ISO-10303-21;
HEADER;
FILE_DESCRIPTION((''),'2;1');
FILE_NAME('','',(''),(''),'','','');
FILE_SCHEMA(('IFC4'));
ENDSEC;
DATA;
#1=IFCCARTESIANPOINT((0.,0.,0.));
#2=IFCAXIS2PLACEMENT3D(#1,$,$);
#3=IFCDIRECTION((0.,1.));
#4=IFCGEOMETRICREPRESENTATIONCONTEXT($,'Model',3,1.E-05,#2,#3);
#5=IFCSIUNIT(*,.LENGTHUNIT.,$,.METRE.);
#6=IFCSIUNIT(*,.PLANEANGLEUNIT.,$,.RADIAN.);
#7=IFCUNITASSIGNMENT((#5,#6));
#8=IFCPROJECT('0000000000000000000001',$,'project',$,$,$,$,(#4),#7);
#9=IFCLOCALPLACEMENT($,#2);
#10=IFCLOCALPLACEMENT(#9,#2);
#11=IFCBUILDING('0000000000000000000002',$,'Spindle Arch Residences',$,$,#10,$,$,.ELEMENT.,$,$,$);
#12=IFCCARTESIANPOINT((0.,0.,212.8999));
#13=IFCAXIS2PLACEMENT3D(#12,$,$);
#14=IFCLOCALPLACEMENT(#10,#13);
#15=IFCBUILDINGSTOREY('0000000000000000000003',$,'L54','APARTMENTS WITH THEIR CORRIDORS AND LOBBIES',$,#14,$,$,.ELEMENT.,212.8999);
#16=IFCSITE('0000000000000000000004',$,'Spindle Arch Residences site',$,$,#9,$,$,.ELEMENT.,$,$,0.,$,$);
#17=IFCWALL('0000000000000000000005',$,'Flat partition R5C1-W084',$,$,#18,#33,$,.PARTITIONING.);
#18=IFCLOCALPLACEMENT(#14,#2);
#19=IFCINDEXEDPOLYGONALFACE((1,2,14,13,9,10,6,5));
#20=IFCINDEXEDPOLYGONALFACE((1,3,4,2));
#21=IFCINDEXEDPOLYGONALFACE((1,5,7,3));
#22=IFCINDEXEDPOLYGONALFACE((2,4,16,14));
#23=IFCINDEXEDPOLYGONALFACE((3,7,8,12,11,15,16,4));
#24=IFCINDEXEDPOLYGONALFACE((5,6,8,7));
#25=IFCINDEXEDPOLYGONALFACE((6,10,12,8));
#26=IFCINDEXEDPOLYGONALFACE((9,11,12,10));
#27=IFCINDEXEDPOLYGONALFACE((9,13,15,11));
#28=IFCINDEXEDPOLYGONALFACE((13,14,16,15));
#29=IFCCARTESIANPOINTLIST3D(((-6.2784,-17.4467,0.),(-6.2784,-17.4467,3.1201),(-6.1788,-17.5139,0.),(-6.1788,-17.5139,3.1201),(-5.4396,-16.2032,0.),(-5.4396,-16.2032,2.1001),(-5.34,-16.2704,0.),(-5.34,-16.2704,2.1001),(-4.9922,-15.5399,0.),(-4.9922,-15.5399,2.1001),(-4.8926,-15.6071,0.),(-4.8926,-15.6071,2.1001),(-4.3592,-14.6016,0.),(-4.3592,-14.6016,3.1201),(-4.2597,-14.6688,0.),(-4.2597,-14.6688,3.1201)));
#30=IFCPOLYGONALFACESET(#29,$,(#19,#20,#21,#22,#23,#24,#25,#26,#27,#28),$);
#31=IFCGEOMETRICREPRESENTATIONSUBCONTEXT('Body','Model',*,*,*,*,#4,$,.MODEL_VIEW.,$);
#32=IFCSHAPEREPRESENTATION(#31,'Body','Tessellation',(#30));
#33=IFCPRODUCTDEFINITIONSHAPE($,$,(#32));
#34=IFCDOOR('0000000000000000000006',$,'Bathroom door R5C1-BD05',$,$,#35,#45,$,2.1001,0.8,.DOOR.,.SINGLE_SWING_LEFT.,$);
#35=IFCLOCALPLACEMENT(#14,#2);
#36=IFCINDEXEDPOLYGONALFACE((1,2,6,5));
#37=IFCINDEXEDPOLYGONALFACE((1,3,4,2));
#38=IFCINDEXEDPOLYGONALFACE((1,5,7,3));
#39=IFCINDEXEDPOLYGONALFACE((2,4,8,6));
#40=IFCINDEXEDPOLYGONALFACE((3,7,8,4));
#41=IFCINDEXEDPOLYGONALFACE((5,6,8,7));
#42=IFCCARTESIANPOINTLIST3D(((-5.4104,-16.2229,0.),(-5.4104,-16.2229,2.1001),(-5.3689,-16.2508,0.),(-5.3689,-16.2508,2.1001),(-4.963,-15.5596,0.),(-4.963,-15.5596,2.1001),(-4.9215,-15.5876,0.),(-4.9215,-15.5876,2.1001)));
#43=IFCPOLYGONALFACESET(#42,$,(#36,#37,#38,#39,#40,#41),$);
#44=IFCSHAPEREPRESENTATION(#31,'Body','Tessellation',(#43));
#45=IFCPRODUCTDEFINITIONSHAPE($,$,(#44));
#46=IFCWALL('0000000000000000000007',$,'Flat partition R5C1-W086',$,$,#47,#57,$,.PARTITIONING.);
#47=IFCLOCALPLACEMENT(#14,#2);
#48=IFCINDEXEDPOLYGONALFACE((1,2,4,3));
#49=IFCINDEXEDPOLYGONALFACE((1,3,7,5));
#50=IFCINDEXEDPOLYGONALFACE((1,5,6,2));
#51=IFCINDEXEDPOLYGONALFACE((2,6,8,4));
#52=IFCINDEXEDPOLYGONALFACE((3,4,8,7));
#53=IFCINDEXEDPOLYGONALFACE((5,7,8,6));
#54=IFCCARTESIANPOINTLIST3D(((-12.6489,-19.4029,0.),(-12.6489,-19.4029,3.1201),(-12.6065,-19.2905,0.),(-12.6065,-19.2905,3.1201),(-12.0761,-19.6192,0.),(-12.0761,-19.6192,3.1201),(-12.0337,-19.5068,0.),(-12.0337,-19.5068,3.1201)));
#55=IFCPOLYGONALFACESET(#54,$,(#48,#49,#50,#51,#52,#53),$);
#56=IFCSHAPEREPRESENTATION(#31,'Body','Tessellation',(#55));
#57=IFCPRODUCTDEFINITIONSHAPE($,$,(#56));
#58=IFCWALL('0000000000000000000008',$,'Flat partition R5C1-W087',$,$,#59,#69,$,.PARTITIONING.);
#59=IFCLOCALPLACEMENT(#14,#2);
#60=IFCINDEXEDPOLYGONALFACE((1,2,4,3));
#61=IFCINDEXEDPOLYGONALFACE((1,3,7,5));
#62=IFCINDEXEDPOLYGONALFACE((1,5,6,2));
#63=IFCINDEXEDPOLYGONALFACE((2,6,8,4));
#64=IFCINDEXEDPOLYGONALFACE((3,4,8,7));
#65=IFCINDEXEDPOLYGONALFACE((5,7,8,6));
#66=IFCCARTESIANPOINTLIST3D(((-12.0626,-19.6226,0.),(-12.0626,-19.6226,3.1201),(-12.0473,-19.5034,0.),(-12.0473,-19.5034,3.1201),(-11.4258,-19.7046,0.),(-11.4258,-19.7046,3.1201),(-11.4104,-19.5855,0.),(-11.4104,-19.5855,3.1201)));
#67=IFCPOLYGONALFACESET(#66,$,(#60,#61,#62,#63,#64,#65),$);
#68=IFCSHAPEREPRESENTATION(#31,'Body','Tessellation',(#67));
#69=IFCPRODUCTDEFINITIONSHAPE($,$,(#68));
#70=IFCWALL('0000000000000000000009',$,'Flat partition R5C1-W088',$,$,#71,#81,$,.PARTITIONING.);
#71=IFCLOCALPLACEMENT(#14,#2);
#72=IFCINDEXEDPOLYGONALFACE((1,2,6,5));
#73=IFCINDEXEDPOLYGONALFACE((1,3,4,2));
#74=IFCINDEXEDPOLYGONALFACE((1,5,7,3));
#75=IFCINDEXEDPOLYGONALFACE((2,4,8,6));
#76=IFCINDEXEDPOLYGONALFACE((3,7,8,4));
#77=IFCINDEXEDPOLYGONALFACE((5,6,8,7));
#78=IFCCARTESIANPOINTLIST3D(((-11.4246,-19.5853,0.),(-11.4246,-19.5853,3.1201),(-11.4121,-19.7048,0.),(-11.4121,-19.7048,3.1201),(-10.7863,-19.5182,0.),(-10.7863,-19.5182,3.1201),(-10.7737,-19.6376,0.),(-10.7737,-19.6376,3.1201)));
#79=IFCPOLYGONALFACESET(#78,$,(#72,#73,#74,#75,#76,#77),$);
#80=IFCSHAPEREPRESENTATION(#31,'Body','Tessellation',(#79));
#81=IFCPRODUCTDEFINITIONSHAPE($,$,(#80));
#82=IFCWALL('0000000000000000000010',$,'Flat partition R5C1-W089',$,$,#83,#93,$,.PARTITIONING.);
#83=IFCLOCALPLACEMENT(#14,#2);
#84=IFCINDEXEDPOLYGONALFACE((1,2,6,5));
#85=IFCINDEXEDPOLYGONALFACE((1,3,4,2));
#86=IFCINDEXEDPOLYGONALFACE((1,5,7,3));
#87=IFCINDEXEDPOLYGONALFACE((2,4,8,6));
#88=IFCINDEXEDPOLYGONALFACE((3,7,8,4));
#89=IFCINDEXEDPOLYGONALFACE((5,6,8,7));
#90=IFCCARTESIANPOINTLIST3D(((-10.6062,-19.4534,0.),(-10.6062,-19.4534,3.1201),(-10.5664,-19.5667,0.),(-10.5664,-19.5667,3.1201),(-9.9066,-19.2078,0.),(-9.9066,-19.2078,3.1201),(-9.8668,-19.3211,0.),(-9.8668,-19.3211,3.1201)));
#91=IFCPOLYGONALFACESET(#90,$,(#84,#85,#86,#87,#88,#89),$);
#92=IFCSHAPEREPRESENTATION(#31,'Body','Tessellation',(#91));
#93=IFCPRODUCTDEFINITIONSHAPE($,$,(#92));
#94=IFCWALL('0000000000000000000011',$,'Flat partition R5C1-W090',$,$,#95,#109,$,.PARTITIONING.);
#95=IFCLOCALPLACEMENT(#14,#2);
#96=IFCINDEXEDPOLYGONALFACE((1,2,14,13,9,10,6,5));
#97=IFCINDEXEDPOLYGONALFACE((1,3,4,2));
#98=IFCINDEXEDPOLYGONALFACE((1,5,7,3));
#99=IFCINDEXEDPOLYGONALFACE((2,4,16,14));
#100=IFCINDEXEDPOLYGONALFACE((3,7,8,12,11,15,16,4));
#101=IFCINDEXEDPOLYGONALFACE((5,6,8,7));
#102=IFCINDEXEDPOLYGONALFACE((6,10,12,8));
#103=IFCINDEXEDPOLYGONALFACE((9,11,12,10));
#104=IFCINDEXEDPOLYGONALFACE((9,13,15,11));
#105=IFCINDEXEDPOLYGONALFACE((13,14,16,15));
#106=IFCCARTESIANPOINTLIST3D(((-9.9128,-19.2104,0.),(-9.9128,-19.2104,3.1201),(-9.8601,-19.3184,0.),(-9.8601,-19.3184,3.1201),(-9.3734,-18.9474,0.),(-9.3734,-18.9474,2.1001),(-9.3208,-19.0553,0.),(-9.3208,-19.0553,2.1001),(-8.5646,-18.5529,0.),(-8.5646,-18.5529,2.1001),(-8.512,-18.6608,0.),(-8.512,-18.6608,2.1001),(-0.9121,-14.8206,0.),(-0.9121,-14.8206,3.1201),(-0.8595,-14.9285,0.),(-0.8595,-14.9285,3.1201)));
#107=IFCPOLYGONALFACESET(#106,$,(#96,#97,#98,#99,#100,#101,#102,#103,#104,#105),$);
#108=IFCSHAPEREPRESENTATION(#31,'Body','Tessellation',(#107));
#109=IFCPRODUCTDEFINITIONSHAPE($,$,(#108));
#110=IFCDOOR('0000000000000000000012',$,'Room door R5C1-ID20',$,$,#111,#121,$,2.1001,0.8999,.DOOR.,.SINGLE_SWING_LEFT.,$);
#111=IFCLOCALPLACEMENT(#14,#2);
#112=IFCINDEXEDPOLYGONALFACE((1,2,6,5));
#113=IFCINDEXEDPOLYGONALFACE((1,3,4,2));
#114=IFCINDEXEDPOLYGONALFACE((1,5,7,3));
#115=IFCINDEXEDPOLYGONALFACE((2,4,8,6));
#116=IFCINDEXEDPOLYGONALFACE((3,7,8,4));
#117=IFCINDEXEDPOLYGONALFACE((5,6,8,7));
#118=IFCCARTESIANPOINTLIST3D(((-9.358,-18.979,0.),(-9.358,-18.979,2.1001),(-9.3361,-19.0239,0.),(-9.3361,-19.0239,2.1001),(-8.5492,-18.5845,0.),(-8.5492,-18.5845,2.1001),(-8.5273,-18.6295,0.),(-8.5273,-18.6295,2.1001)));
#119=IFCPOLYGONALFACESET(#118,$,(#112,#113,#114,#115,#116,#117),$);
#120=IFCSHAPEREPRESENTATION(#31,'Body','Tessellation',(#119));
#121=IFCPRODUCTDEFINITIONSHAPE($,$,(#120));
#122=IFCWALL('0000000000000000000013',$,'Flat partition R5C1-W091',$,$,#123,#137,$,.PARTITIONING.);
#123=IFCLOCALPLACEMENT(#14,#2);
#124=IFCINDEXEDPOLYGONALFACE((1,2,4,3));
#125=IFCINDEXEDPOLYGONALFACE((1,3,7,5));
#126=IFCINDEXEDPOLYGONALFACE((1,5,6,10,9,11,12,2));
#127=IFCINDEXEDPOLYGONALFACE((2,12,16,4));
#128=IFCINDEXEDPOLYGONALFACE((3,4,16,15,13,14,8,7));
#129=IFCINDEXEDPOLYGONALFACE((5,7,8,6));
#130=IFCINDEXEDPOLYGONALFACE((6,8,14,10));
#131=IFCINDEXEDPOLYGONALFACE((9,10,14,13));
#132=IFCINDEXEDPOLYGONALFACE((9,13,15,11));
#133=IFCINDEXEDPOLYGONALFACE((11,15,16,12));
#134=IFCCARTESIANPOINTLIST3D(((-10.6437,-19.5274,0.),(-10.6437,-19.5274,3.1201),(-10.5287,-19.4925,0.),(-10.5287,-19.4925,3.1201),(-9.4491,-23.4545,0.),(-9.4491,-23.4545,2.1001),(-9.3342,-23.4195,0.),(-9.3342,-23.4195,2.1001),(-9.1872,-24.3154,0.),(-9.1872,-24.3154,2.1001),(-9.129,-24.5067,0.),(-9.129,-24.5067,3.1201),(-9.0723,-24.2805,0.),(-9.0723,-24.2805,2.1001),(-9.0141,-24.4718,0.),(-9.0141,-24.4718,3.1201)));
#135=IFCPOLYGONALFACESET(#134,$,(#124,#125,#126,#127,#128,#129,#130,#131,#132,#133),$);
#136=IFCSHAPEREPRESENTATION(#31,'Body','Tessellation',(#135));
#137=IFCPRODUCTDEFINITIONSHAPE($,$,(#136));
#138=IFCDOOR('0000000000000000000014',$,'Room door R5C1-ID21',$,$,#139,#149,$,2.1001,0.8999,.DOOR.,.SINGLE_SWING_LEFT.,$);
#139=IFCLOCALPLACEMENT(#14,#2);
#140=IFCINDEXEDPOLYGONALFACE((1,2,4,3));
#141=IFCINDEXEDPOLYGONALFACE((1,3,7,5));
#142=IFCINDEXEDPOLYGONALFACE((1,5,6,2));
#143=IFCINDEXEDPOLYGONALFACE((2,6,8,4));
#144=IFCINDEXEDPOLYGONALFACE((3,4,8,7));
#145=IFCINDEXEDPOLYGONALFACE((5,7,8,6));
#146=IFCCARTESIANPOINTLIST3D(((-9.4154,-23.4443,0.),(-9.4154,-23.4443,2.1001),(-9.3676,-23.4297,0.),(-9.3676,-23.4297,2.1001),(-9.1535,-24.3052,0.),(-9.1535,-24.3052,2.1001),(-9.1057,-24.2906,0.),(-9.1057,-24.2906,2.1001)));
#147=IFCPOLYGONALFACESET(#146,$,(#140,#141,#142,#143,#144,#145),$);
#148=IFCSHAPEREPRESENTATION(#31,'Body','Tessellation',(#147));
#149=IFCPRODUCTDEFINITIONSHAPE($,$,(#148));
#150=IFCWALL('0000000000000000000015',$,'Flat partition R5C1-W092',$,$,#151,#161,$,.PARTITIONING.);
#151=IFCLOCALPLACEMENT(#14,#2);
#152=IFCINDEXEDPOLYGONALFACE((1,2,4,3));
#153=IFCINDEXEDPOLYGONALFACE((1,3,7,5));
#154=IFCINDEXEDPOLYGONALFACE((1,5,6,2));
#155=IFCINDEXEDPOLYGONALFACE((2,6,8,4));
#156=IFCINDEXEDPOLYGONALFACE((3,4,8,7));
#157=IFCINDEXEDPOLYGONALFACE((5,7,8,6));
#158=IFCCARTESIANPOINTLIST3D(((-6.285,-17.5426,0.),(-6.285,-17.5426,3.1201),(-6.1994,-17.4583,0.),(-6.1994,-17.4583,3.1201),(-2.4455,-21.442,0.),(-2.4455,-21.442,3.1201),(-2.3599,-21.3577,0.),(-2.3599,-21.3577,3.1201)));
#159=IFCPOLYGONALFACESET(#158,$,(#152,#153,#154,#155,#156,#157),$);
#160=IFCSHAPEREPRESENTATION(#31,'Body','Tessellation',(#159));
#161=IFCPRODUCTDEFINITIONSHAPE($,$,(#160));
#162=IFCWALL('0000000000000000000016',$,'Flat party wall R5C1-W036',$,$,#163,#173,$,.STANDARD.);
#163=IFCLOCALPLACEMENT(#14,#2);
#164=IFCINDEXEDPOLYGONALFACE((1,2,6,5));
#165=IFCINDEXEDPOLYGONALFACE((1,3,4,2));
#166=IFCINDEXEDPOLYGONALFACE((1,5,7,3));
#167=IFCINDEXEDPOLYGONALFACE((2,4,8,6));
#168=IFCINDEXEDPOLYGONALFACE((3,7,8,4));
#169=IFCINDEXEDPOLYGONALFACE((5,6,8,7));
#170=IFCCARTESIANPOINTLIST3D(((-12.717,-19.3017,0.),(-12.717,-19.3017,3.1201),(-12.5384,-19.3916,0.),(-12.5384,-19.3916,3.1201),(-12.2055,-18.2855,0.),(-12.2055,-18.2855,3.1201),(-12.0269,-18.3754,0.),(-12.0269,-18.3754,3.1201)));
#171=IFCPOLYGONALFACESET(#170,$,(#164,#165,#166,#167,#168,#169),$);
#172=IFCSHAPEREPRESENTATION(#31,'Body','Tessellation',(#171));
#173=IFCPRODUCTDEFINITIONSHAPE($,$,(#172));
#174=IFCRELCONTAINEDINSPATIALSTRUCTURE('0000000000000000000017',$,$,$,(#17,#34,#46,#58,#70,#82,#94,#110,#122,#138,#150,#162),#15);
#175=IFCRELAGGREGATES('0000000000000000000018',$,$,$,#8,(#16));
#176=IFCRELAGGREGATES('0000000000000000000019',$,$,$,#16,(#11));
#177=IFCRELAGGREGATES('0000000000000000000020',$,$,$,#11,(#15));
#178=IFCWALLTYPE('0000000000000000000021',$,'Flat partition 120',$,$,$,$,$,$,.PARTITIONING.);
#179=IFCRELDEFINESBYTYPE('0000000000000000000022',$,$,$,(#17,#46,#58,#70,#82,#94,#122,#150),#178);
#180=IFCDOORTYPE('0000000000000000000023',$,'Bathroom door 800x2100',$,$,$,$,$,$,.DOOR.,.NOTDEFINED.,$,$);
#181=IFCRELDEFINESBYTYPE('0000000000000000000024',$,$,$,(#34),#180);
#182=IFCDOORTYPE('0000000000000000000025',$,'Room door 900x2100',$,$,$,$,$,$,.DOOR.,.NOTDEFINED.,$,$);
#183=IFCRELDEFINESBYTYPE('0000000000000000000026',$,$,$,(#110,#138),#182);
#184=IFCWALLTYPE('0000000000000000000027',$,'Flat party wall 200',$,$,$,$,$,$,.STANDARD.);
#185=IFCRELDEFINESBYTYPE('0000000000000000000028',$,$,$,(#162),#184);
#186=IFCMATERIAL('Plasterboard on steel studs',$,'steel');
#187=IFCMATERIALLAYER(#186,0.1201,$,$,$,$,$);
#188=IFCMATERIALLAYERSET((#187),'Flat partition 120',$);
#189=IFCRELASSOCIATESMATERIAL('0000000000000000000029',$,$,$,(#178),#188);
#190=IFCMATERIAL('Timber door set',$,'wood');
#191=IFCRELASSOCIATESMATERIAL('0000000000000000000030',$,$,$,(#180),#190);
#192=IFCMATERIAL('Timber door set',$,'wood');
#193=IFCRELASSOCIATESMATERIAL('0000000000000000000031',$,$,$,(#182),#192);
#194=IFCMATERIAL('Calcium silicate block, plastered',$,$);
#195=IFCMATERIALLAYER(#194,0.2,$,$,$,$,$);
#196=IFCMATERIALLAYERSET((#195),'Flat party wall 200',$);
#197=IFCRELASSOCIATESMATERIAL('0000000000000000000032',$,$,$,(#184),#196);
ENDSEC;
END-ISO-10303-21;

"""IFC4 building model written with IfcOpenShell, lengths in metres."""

from ifc_helpers import new_model, si_unit, direction, frame, frame_2d, origin, place, context, subcontext, project, spatial, rectangle, extrude, material, layer, layer_set, type_object, element, fill, save


model = new_model("IFC4")

# Units and contexts
model_context = context("Model", 3, precision=1e-05, world=origin(), true_north=direction((0.0, 1.0)))
body_context = subcontext(model_context, "Body", "Model", "MODEL_VIEW")
ifc_project = project(units=[si_unit("LENGTHUNIT", "METRE"), si_unit("PLANEANGLEUNIT", "RADIAN")], contexts=[model_context])

# Site, building, storey
site_placement = place(None, origin())
site = spatial("IfcSite", under=ifc_project, at=site_placement, Name="Spindle Arch Residences site", CompositionType="ELEMENT", RefElevation=0.0)
building_placement = place(site_placement, origin())
building = spatial("IfcBuilding", under=site, at=building_placement, Name="Spindle Arch Residences", CompositionType="ELEMENT")
storey_placement = place(building_placement, frame((0.0, 0.0, 212.8999)))
storey = spatial("IfcBuildingStorey", under=building, at=storey_placement, Name="L54", Description="APARTMENTS WITH THEIR CORRIDORS AND LOBBIES", CompositionType="ELEMENT", Elevation=212.8999)

# Wall, opening, door
ifc_material_1 = material(Name="Plasterboard on steel studs", Category="steel")
ifc_layer_1 = layer(ifc_material_1, 0.1201)
ifc_layer_set_1 = layer_set([ifc_layer_1], Name="Flat partition 120")
wall_type_1 = type_object("IfcWallType", Name="Flat partition 120", PredefinedType="PARTITIONING", material=ifc_layer_set_1)
wall_1_placement = place(storey_placement, frame((-6.2285, -17.4802, 0.0), z_axis=(0.0, 0.0, 1.0), x_axis=(0.559206, 0.829028, 0.0)))
wall_1 = element("IfcWall", 1, at=wall_1_placement, inside=storey, type_object=wall_type_1, Name="Flat partition R5C1-W084", PredefinedType="PARTITIONING", context=body_context, shape_type="SweptSolid", body=[
    extrude(rectangle(XDim=3.4319, YDim=0.1201, at=frame_2d((1.7158, 0.0))), origin(), (0.0, 0.0, 1.0), 3.1201),
])
opening_1_placement = place(wall_1_placement, frame((1.5, 0.0, 0.0)))
opening_1 = element("IfcOpeningElement", 2, at=opening_1_placement, cuts=wall_1, PredefinedType="OPENING", context=body_context, shape_type="SweptSolid", body=[
    extrude(rectangle(XDim=0.8, YDim=2.1001, at=frame_2d((0.3999, 1.05))), frame((0.0, 0.0701, 0.0), z_axis=(0.0, -1.0, 0.0), x_axis=(1.0, 0.0, 0.0)), (0.0, 0.0, 1.0), 0.1401),
])
ifc_material_2 = material(Name="Timber door set", Category="wood")
door_type_1 = type_object("IfcDoorType", Name="Bathroom door 800x2100", OperationType="NOTDEFINED", PredefinedType="DOOR", material=ifc_material_2)
door_1_placement = place(opening_1_placement, origin())
door_1 = element("IfcDoor", 3, at=door_1_placement, inside=storey, type_object=door_type_1, Name="Bathroom door R5C1-BD05", OperationType="SINGLE_SWING_LEFT", OverallHeight=2.1001, OverallWidth=0.8, PredefinedType="DOOR", context=body_context, shape_type="SweptSolid", body=[
    extrude(rectangle(XDim=0.8, YDim=2.1001, at=frame_2d((0.3999, 1.05))), frame((0.0, 0.0249, 0.0), z_axis=(0.0, -1.0, 0.0), x_axis=(1.0, 0.0, 0.0)), (0.0, 0.0, 1.0), 0.05),
])
fill(opening_1, door_1)

# Walls
wall_2_placement = place(storey_placement, frame((-12.6277, -19.3467, 0.0), z_axis=(0.0, 0.0, 1.0), x_axis=(0.935507, -0.353308, 0.0)))
element("IfcWall", 4, at=wall_2_placement, inside=storey, type_object=wall_type_1, Name="Flat partition R5C1-W086", PredefinedType="PARTITIONING", context=body_context, shape_type="SweptSolid", body=[
    extrude(rectangle(XDim=0.6123, YDim=0.1201, at=frame_2d((0.3062, 0.0))), origin(), (0.0, 0.0, 1.0), 3.1201),
])
wall_3_placement = place(storey_placement, frame((-12.0549, -19.563, 0.0), z_axis=(0.0, 0.0, 1.0), x_axis=(0.991803, -0.127778, 0.0)))
element("IfcWall", 5, at=wall_3_placement, inside=storey, type_object=wall_type_1, Name="Flat partition R5C1-W087", PredefinedType="PARTITIONING", context=body_context, shape_type="SweptSolid", body=[
    extrude(rectangle(XDim=0.6421, YDim=0.1201, at=frame_2d((0.321, 0.0))), origin(), (0.0, 0.0, 1.0), 3.1201),
])
wall_4_placement = place(storey_placement, frame((-11.4182, -19.645, 0.0), z_axis=(0.0, 0.0, 1.0), x_axis=(0.994516, 0.104586, 0.0)))
element("IfcWall", 6, at=wall_4_placement, inside=storey, type_object=wall_type_1, Name="Flat partition R5C1-W088", PredefinedType="PARTITIONING", context=body_context, shape_type="SweptSolid", body=[
    extrude(rectangle(XDim=0.6418, YDim=0.1201, at=frame_2d((0.3208, 0.0))), origin(), (0.0, 0.0, 1.0), 3.1201),
])
wall_5_placement = place(storey_placement, frame((-10.5862, -19.51, 0.0), z_axis=(0.0, 0.0, 1.0), x_axis=(0.94356, 0.331201, 0.0)))
element("IfcWall", 7, at=wall_5_placement, inside=storey, type_object=wall_type_1, Name="Flat partition R5C1-W089", PredefinedType="PARTITIONING", context=body_context, shape_type="SweptSolid", body=[
    extrude(rectangle(XDim=0.7415, YDim=0.1201, at=frame_2d((0.3706, 0.0))), origin(), (0.0, 0.0, 1.0), 3.1201),
])

# Walls, openings, doors
wall_6_placement = place(storey_placement, frame((-9.8865, -19.2644, 0.0), z_axis=(0.0, 0.0, 1.0), x_axis=(0.898796, 0.438366, 0.0)))
wall_6 = element("IfcWall", 8, at=wall_6_placement, inside=storey, type_object=wall_type_1, Name="Flat partition R5C1-W090", PredefinedType="PARTITIONING", context=body_context, shape_type="SweptSolid", body=[
    extrude(rectangle(XDim=10.0142, YDim=0.1201, at=frame_2d((5.0071, 0.0))), origin(), (0.0, 0.0, 1.0), 3.1201),
])
opening_2_placement = place(wall_6_placement, frame((0.6001, 0.0, 0.0)))
opening_2 = element("IfcOpeningElement", 9, at=opening_2_placement, cuts=wall_6, PredefinedType="OPENING", context=body_context, shape_type="SweptSolid", body=[
    extrude(rectangle(XDim=0.8999, YDim=2.1001, at=frame_2d((0.45, 1.05))), frame((0.0, 0.0701, 0.0), z_axis=(0.0, -1.0, 0.0), x_axis=(1.0, 0.0, 0.0)), (0.0, 0.0, 1.0), 0.1401),
])
ifc_material_3 = material(Name="Timber door set", Category="wood")
door_type_2 = type_object("IfcDoorType", Name="Room door 900x2100", OperationType="NOTDEFINED", PredefinedType="DOOR", material=ifc_material_3)
door_2_placement = place(opening_2_placement, origin())
door_2 = element("IfcDoor", 10, at=door_2_placement, inside=storey, type_object=door_type_2, Name="Room door R5C1-ID20", OperationType="SINGLE_SWING_LEFT", OverallHeight=2.1001, OverallWidth=0.8999, PredefinedType="DOOR", context=body_context, shape_type="SweptSolid", body=[
    extrude(rectangle(XDim=0.8999, YDim=2.1001, at=frame_2d((0.45, 1.05))), frame((0.0, 0.0249, 0.0), z_axis=(0.0, -1.0, 0.0), x_axis=(1.0, 0.0, 0.0)), (0.0, 0.0, 1.0), 0.05),
])
fill(opening_2, door_2)
wall_7_placement = place(storey_placement, frame((-9.0715, -24.4893, 0.0), z_axis=(0.0, 0.0, 1.0), x_axis=(-0.291025, 0.956715, 0.0)))
wall_7 = element("IfcWall", 11, at=wall_7_placement, inside=storey, type_object=wall_type_1, Name="Flat partition R5C1-W091", PredefinedType="PARTITIONING", context=body_context, shape_type="SweptSolid", body=[
    extrude(rectangle(XDim=5.2046, YDim=0.1201, at=frame_2d((2.6023, 0.0))), origin(), (0.0, 0.0, 1.0), 3.1201),
])
opening_3_placement = place(wall_7_placement, frame((0.2, 0.0, 0.0)))
opening_3 = element("IfcOpeningElement", 12, at=opening_3_placement, cuts=wall_7, PredefinedType="OPENING", context=body_context, shape_type="SweptSolid", body=[
    extrude(rectangle(XDim=0.8999, YDim=2.1001, at=frame_2d((0.45, 1.05))), frame((0.0, 0.0701, 0.0), z_axis=(0.0, -1.0, 0.0), x_axis=(1.0, 0.0, 0.0)), (0.0, 0.0, 1.0), 0.1401),
])
door_3_placement = place(opening_3_placement, origin())
door_3 = element("IfcDoor", 13, at=door_3_placement, inside=storey, type_object=door_type_2, Name="Room door R5C1-ID21", OperationType="SINGLE_SWING_LEFT", OverallHeight=2.1001, OverallWidth=0.8999, PredefinedType="DOOR", context=body_context, shape_type="SweptSolid", body=[
    extrude(rectangle(XDim=0.8999, YDim=2.1001, at=frame_2d((0.45, 1.05))), frame((0.0, 0.0249, 0.0), z_axis=(0.0, -1.0, 0.0), x_axis=(1.0, 0.0, 0.0)), (0.0, 0.0, 1.0), 0.05),
])
fill(opening_3, door_3)

# Walls
wall_8_placement = place(storey_placement, frame((-2.4026, -21.3999, 0.0), z_axis=(0.0, 0.0, 1.0), x_axis=(-0.701621, 0.712551, 0.0)))
element("IfcWall", 14, at=wall_8_placement, inside=storey, type_object=wall_type_1, Name="Flat partition R5C1-W092", PredefinedType="PARTITIONING", context=body_context, shape_type="SweptSolid", body=[
    extrude(rectangle(XDim=5.4724, YDim=0.1201, at=frame_2d((2.7363, 0.0))), origin(), (0.0, 0.0, 1.0), 3.1201),
])
ifc_material_4 = material(Name="Calcium silicate block, plastered")
ifc_layer_2 = layer(ifc_material_4, 0.2)
ifc_layer_set_2 = layer_set([ifc_layer_2], Name="Flat party wall 200")
wall_type_2 = type_object("IfcWallType", Name="Flat party wall 200", PredefinedType="STANDARD", material=ifc_layer_set_2)
wall_9_placement = place(storey_placement, frame((-12.6277, -19.3467, 0.0), z_axis=(0.0, 0.0, 1.0), x_axis=(0.449616, 0.893222, 0.0)))
element("IfcWall", 15, at=wall_9_placement, inside=storey, type_object=wall_type_2, Name="Flat party wall R5C1-W036", PredefinedType="STANDARD", context=body_context, shape_type="SweptSolid", body=[
    extrude(rectangle(XDim=1.1377, YDim=0.2, at=frame_2d((0.5688, 0.0))), origin(), (0.0, 0.0, 1.0), 3.1201),
])

save(model, "model.ifc")
